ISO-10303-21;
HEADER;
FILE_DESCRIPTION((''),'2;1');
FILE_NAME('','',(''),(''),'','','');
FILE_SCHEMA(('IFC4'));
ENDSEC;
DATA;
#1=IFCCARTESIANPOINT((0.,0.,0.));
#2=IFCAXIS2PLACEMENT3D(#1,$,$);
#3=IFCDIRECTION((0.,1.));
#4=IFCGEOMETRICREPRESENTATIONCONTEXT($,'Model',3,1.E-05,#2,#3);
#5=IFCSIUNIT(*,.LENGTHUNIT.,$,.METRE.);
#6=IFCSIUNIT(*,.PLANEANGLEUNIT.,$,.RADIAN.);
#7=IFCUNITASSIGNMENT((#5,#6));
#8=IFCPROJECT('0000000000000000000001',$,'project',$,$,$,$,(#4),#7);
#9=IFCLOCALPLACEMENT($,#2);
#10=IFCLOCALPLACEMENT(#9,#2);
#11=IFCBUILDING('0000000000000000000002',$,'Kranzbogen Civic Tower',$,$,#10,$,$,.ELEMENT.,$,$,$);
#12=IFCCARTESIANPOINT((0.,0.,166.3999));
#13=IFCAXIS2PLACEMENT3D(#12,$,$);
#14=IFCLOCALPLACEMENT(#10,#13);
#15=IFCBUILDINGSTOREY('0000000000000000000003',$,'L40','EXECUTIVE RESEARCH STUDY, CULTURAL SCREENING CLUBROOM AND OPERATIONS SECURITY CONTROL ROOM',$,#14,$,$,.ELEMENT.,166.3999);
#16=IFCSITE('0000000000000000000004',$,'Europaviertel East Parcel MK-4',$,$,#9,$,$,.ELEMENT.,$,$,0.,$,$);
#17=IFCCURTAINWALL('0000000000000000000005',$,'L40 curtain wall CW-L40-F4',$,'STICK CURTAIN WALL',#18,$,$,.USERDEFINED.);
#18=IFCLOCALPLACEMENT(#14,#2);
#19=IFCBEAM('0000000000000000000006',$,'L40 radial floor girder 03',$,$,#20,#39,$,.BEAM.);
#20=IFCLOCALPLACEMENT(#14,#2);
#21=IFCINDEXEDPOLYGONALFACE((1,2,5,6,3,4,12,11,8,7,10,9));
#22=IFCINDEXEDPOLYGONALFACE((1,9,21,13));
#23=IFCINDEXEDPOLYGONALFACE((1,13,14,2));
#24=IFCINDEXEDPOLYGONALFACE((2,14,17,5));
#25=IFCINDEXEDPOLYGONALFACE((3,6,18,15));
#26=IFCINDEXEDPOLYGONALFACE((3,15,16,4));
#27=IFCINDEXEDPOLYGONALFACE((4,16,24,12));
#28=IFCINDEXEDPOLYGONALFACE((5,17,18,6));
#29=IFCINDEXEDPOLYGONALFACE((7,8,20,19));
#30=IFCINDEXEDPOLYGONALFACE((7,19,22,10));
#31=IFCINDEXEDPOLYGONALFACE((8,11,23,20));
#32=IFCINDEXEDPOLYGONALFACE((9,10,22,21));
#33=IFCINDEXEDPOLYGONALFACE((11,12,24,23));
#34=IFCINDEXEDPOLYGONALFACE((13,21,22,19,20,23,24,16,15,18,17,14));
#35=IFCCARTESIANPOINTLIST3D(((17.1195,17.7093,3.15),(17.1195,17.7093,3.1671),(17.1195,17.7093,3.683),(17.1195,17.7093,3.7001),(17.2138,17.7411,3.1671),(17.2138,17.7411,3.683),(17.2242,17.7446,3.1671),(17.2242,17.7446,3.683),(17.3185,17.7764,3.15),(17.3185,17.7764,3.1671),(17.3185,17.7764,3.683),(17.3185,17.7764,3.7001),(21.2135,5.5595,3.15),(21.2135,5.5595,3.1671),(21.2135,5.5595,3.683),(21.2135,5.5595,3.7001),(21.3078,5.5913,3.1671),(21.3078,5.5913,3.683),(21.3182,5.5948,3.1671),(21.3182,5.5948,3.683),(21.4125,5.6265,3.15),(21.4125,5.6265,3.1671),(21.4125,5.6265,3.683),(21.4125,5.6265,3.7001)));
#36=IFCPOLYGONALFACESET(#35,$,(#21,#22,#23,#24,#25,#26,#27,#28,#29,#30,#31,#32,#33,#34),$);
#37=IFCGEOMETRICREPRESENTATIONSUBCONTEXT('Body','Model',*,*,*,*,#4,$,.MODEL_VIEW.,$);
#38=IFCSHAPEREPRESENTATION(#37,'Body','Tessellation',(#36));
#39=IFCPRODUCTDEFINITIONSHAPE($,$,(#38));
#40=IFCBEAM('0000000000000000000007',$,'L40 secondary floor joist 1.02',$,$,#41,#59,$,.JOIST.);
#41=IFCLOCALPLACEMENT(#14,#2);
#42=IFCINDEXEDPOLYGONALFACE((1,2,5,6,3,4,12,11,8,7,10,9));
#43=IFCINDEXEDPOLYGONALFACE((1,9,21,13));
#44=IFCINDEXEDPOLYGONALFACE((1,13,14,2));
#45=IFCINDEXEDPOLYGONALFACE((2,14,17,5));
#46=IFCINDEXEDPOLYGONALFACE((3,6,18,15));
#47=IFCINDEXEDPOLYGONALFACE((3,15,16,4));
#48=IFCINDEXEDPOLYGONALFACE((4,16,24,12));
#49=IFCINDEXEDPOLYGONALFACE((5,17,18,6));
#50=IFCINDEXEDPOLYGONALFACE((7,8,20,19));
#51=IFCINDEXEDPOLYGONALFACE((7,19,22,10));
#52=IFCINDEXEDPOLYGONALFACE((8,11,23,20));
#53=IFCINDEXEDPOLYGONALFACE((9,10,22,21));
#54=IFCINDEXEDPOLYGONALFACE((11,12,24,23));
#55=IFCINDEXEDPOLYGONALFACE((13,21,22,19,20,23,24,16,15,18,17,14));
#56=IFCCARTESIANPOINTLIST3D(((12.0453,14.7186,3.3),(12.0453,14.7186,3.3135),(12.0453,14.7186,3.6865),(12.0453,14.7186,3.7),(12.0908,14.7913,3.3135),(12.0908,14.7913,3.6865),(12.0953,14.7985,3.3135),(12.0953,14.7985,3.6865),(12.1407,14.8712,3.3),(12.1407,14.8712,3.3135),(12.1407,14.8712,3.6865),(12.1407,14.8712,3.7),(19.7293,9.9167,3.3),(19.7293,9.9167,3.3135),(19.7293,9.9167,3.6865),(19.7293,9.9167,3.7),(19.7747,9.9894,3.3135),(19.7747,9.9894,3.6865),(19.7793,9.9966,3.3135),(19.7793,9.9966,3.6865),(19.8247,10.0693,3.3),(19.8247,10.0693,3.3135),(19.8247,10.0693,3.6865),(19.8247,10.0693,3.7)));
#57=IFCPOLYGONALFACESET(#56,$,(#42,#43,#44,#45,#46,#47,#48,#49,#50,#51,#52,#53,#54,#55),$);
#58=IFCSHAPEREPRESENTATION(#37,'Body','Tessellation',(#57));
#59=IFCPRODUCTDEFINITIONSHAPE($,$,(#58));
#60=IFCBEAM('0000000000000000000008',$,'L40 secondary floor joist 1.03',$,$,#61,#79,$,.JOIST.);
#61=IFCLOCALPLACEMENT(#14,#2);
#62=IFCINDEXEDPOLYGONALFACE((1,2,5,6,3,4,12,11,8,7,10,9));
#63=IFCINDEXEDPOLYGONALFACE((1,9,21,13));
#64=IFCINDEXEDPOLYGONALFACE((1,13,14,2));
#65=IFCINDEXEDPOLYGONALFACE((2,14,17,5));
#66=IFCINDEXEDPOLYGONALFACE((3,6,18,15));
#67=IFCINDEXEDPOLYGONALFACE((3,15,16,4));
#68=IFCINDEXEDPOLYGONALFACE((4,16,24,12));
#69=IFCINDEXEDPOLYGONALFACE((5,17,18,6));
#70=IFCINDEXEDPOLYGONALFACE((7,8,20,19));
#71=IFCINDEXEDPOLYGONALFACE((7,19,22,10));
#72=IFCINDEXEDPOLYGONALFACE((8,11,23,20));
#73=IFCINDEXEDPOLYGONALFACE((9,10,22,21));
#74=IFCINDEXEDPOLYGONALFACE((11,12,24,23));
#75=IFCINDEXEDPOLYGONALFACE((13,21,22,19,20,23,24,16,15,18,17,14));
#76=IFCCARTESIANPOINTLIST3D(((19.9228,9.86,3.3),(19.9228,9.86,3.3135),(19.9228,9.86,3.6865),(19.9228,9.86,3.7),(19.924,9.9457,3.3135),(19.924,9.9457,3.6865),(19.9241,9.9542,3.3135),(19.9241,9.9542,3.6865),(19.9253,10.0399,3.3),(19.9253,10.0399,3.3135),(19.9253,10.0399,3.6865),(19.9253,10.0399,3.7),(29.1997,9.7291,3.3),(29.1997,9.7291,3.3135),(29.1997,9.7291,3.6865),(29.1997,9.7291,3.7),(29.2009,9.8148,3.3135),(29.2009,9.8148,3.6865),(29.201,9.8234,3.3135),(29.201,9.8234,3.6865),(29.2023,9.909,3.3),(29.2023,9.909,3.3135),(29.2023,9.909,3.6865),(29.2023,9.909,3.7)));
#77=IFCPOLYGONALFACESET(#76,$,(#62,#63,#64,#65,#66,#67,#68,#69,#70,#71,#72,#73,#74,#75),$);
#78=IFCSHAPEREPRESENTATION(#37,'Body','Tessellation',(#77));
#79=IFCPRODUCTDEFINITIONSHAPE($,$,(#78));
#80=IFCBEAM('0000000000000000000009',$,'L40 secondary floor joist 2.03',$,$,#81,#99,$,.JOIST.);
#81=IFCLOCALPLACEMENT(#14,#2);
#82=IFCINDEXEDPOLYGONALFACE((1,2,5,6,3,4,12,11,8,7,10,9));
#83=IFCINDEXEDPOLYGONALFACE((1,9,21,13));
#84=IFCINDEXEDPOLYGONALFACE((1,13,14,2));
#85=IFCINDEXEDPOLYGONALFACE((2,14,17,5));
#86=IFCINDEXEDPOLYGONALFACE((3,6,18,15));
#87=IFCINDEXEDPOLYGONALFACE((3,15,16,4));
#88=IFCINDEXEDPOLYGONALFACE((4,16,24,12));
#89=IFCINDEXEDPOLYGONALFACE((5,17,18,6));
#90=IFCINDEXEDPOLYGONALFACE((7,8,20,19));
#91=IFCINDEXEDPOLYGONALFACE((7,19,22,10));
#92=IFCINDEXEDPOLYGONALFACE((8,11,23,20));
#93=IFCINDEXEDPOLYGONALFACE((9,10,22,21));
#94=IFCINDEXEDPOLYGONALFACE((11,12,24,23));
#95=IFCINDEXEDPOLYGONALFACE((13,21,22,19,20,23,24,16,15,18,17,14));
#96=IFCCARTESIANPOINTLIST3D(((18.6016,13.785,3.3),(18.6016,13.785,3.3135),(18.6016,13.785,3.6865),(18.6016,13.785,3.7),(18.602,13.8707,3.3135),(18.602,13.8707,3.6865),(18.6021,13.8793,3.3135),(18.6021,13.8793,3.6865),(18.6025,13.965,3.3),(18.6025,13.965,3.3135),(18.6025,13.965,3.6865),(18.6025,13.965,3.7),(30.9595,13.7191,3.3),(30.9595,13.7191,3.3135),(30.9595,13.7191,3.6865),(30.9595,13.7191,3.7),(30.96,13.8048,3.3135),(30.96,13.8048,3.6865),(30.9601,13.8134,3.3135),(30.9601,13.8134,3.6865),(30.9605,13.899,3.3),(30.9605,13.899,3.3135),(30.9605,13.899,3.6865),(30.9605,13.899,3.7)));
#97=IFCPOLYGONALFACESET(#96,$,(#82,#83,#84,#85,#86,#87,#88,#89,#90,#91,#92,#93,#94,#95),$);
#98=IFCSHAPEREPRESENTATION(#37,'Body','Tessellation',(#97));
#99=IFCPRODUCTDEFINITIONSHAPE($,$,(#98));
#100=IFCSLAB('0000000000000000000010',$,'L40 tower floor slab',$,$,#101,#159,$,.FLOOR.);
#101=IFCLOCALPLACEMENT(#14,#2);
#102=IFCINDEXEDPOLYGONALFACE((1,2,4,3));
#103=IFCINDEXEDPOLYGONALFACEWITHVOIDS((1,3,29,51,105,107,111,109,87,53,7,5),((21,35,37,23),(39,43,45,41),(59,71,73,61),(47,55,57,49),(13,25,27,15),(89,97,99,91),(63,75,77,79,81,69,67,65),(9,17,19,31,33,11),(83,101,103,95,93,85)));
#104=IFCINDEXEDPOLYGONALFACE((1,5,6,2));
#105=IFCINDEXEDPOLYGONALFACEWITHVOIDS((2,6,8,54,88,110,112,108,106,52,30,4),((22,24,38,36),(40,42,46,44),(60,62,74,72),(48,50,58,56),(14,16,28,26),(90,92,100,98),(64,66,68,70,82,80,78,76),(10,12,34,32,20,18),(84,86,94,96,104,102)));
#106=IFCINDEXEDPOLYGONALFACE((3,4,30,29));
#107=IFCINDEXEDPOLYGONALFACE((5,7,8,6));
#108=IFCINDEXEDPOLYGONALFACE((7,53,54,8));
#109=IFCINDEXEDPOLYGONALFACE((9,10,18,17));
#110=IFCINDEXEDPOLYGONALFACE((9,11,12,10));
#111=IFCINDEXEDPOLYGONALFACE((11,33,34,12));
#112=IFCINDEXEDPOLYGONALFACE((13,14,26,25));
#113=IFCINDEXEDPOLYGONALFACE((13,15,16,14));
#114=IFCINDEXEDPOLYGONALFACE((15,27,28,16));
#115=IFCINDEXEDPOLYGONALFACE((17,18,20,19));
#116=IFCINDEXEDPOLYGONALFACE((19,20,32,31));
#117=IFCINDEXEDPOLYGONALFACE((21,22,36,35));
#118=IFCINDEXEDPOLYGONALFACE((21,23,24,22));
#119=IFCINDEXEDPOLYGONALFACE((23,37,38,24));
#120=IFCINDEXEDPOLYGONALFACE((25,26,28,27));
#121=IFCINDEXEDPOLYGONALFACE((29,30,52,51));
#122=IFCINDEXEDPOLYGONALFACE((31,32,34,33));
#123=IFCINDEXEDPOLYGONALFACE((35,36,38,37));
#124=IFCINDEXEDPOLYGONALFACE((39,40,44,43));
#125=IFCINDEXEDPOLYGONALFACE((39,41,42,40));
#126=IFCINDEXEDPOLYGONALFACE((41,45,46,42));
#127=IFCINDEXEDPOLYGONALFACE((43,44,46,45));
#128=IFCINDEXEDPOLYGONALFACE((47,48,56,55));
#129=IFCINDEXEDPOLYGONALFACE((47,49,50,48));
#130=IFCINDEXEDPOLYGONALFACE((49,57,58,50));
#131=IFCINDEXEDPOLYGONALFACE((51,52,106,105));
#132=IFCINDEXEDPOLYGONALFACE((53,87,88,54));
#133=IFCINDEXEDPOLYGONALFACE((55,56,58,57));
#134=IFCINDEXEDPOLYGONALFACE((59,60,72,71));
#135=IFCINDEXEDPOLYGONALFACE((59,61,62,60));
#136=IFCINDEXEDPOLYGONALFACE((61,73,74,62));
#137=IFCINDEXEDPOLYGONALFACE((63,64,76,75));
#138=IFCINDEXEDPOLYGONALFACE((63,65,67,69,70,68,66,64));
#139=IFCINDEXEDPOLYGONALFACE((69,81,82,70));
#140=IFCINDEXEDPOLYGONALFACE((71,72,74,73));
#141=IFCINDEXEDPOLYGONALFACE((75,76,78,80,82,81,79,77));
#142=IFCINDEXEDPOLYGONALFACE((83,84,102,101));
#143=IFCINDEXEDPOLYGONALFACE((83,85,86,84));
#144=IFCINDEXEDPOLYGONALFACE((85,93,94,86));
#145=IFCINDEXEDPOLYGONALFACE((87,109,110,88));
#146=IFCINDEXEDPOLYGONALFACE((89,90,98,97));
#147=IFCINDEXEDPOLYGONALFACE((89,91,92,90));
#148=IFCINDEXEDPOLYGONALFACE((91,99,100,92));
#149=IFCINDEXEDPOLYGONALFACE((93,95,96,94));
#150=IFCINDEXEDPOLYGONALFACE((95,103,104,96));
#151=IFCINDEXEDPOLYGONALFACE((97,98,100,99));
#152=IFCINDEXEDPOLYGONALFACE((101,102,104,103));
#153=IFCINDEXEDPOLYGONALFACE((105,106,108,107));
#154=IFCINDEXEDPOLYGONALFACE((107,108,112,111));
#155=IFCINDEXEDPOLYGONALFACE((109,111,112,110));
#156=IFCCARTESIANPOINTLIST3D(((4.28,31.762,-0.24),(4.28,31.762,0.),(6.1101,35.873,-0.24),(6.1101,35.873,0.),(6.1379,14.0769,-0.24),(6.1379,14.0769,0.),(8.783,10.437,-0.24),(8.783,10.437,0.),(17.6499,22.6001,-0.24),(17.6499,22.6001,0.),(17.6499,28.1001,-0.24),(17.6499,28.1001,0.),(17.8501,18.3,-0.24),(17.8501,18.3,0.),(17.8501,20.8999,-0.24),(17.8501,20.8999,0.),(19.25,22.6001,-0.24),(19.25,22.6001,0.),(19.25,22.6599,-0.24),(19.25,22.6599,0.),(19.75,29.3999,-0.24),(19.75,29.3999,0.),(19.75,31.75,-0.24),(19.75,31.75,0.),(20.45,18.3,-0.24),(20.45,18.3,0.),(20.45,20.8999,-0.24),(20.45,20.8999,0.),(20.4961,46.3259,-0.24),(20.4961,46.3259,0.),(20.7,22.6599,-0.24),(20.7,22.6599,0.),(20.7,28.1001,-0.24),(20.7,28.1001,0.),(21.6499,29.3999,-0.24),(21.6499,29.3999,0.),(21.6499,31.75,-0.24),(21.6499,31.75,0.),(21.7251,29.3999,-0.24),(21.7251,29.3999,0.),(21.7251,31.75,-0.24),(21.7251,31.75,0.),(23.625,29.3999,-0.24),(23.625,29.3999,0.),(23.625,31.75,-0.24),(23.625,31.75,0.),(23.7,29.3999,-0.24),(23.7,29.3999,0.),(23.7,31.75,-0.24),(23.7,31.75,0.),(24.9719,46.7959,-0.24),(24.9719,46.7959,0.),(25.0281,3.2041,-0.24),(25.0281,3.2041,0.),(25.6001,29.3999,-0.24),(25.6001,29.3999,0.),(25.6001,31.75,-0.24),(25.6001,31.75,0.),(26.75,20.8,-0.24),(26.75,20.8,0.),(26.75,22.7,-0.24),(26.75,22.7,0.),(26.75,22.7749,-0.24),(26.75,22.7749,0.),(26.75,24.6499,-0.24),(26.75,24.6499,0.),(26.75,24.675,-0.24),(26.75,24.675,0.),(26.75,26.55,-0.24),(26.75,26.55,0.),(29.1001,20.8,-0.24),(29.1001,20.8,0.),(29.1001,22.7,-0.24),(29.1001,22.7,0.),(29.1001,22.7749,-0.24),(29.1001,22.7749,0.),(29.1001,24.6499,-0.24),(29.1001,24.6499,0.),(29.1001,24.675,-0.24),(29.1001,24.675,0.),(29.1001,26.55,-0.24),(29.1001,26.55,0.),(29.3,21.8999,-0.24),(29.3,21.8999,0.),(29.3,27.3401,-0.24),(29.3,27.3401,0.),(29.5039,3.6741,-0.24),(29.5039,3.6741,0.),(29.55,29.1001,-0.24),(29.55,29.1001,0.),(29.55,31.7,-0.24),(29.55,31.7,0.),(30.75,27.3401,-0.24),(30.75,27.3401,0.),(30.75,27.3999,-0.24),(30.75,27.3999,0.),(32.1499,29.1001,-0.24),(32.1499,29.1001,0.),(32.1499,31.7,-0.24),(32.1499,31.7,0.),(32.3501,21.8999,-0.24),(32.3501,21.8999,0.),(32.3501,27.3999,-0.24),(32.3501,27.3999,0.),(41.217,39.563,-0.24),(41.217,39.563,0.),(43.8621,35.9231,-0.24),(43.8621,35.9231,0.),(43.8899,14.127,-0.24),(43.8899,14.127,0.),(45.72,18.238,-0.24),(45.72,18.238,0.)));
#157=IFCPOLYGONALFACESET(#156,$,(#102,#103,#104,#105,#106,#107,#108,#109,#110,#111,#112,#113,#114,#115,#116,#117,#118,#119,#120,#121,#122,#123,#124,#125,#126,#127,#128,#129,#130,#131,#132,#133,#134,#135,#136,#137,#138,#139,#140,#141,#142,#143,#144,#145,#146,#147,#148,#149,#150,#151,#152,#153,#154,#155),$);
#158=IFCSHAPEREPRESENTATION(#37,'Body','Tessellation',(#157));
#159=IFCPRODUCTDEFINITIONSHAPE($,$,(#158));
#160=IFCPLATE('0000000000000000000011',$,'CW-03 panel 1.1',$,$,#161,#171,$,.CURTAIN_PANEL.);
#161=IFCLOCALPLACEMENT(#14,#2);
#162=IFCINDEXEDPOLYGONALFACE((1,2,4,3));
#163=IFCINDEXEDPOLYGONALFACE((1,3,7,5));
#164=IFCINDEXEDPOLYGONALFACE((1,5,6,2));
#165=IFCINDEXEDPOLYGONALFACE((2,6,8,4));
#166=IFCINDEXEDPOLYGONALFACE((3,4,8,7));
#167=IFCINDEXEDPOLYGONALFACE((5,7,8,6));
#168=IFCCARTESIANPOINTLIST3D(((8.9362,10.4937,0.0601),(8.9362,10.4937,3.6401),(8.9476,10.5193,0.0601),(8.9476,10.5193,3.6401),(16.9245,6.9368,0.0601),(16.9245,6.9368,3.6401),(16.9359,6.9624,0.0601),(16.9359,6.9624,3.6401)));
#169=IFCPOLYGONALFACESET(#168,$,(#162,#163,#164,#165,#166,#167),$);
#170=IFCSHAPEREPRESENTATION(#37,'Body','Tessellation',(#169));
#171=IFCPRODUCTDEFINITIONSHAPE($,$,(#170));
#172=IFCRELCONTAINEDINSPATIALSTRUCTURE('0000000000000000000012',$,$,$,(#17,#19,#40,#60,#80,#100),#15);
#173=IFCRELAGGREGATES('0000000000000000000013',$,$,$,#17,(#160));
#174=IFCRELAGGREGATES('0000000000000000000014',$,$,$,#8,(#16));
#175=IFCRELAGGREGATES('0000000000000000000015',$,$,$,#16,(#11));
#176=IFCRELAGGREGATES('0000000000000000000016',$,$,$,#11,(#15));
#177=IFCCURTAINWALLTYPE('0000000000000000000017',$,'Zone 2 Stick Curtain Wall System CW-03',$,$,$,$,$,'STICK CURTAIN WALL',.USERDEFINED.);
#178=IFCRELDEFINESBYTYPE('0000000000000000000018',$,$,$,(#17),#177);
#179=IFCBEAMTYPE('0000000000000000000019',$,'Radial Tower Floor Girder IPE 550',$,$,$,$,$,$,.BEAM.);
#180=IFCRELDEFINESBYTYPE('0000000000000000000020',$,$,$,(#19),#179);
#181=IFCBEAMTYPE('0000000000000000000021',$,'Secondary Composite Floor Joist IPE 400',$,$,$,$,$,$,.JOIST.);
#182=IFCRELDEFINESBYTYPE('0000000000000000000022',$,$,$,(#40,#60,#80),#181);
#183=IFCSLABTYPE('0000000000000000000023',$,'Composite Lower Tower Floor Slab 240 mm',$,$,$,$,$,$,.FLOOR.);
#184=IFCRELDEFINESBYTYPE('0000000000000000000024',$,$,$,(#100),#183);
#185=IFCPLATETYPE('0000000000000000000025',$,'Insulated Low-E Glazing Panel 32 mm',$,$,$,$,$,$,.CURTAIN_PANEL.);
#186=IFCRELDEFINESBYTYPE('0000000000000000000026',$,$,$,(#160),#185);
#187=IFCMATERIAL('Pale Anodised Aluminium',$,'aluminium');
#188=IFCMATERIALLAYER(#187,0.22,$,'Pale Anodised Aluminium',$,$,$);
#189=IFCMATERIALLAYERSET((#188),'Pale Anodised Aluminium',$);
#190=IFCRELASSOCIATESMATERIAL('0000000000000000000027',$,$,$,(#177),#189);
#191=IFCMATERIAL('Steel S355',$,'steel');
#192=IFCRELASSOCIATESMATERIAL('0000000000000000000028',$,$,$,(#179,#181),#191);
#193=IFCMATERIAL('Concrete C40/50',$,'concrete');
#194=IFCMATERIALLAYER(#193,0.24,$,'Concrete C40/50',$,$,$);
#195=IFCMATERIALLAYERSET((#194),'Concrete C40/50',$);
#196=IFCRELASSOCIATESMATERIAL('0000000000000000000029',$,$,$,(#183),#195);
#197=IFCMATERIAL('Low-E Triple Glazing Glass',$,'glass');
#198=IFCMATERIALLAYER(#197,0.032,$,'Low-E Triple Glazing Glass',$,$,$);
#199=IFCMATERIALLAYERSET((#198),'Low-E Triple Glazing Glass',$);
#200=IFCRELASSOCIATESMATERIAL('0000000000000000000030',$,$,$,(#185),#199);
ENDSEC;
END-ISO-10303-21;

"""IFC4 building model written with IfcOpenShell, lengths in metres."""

from ifc_helpers import new_model, si_unit, direction, frame, origin, origin_2d, place, context, subcontext, project, spatial, polyline, rectangle, i_section, outline, extrude, material, layer, layer_set, material_profile, profile_set, type_object, element, aggregate, save


model = new_model("IFC4")

# Units and contexts
model_context = context("Model", 3, precision=1e-05, world=origin(), true_north=direction((0.0, 1.0)))
body_context = subcontext(model_context, "Body", "Model", "MODEL_VIEW")
ifc_project = project(units=[si_unit("LENGTHUNIT", "METRE"), si_unit("PLANEANGLEUNIT", "RADIAN")], contexts=[model_context])

# Site, building, storey
site_placement = place(None, origin())
site = spatial("IfcSite", under=ifc_project, at=site_placement, Name="Europaviertel East Parcel MK-4", CompositionType="ELEMENT", RefElevation=0.0)
building_placement = place(site_placement, origin())
building = spatial("IfcBuilding", under=site, at=building_placement, Name="Kranzbogen Civic Tower", CompositionType="ELEMENT")
storey_placement = place(building_placement, frame((0.0, 0.0, 166.3999)))
storey = spatial("IfcBuildingStorey", under=building, at=storey_placement, Name="L40", Description="EXECUTIVE RESEARCH STUDY, CULTURAL SCREENING CLUBROOM AND OPERATIONS SECURITY CONTROL ROOM", CompositionType="ELEMENT", Elevation=166.3999)

# Shared definitions
ifc_material_1 = material(Name="Steel S355", Category="steel")

# Shared definitions
ifc_material_2 = material(Name="Pale Anodised Aluminium", Category="aluminium")
ifc_layer_1 = layer(ifc_material_2, 0.22, Name="Pale Anodised Aluminium")
ifc_layer_set_1 = layer_set([ifc_layer_1], Name="Pale Anodised Aluminium")
curtain_wall_type = type_object("IfcCurtainWallType", Name="Zone 2 Stick Curtain Wall System CW-03", ElementType="STICK CURTAIN WALL", PredefinedType="USERDEFINED", material=ifc_layer_set_1)

# Curtain wall
curtain_wall_1_placement = place(storey_placement, origin())
curtain_wall_1 = element("IfcCurtainWall", 1, at=curtain_wall_1_placement, inside=storey, type_object=curtain_wall_type, Name="L40 curtain wall CW-L40-F4", ObjectType="STICK CURTAIN WALL", PredefinedType="USERDEFINED")

# Beams
ifc_material_profile_1 = material_profile(ifc_material_1, i_section(OverallWidth=0.21, OverallDepth=0.55, WebThickness=0.011, FlangeThickness=0.0171, at=origin_2d()), Name="IPE 550")
ifc_profile_set_1 = profile_set([ifc_material_profile_1], Name="Steel S355")
beam_type_1 = type_object("IfcBeamType", Name="Radial Tower Floor Girder IPE 550", PredefinedType="BEAM", material=ifc_profile_set_1)
beam_1_placement = place(storey_placement, frame((21.313, 5.593, 3.425), z_axis=(-0.319317, 0.947648, 0.0), x_axis=(-0.947648, -0.319317, 0.0)))
element("IfcBeam", 2, at=beam_1_placement, inside=storey, type_object=beam_type_1, Name="L40 radial floor girder 03", PredefinedType="BEAM", context=body_context, shape_type="SweptSolid", body=[
    extrude(i_section(OverallWidth=0.21, OverallDepth=0.55, WebThickness=0.011, FlangeThickness=0.0171, at=origin_2d()), origin(), (0.0, 0.0, 1.0), 12.821),
])
ifc_material_profile_2 = material_profile(ifc_material_1, i_section(OverallWidth=0.1799, OverallDepth=0.3999, WebThickness=0.0085, FlangeThickness=0.0134, at=origin_2d()), Name="IPE 400")
ifc_profile_set_2 = profile_set([ifc_material_profile_2], Name="Steel S355")
beam_type_2 = type_object("IfcBeamType", Name="Secondary Composite Floor Joist IPE 400", PredefinedType="JOIST", material=ifc_profile_set_2)
beam_2_placement = place(storey_placement, frame((12.093, 14.7949, 3.5), z_axis=(0.848026, -0.529955, 0.0), x_axis=(0.529955, 0.848026, 0.0)))
element("IfcBeam", 3, at=beam_2_placement, inside=storey, type_object=beam_type_2, Name="L40 secondary floor joist 1.02", PredefinedType="JOIST", context=body_context, shape_type="SweptSolid", body=[
    extrude(i_section(OverallWidth=0.1799, OverallDepth=0.3999, WebThickness=0.0085, FlangeThickness=0.0134, at=origin_2d()), origin(), (0.0, 0.0, 1.0), 9.061),
])
beam_3_placement = place(storey_placement, frame((19.9241, 9.95, 3.5), z_axis=(0.999901, -0.014105, 0.0), x_axis=(0.014105, 0.999901, 0.0)))
element("IfcBeam", 4, at=beam_3_placement, inside=storey, type_object=beam_type_2, Name="L40 secondary floor joist 1.03", PredefinedType="JOIST", context=body_context, shape_type="SweptSolid", body=[
    extrude(i_section(OverallWidth=0.1799, OverallDepth=0.3999, WebThickness=0.0085, FlangeThickness=0.0134, at=origin_2d()), origin(), (0.0, 0.0, 1.0), 9.2778),
])
beam_4_placement = place(storey_placement, frame((18.6021, 13.875, 3.5), z_axis=(0.999986, -0.005334, 0.0), x_axis=(0.005334, 0.999986, 0.0)))
element("IfcBeam", 5, at=beam_4_placement, inside=storey, type_object=beam_type_2, Name="L40 secondary floor joist 2.03", PredefinedType="JOIST", context=body_context, shape_type="SweptSolid", body=[
    extrude(i_section(OverallWidth=0.1799, OverallDepth=0.3999, WebThickness=0.0085, FlangeThickness=0.0134, at=origin_2d()), origin(), (0.0, 0.0, 1.0), 12.3582),
])

# Slab
ifc_material_3 = material(Name="Concrete C40/50", Category="concrete")
ifc_layer_2 = layer(ifc_material_3, 0.24, Name="Concrete C40/50")
ifc_layer_set_2 = layer_set([ifc_layer_2], Name="Concrete C40/50")
slab_type_1 = type_object("IfcSlabType", Name="Composite Lower Tower Floor Slab 240 mm", PredefinedType="FLOOR", material=ifc_layer_set_2)
slab_1_placement = place(storey_placement, frame((0.0, 0.0, -0.24)))
element("IfcSlab", 6, at=slab_1_placement, inside=storey, type_object=slab_type_1, Name="L40 tower floor slab", PredefinedType="FLOOR", context=body_context, shape_type="SweptSolid", body=[
    extrude(outline(polyline([(41.217, 39.563), (24.9719, 46.7959), (20.4961, 46.3259), (6.1101, 35.873), (4.28, 31.762), (6.1379, 14.0769), (8.783, 10.437), (25.0281, 3.2041), (29.5039, 3.6741), (43.8899, 14.127), (45.72, 18.238), (43.8621, 35.9231), (41.217, 39.563)]), holes=[polyline([(20.45, 20.8999), (20.45, 18.3), (17.8501, 18.3), (17.8501, 20.8999), (20.45, 20.8999)]), polyline([(29.1001, 22.7), (29.1001, 20.8), (26.75, 20.8), (26.75, 22.7), (29.1001, 22.7)]), polyline([(29.1001, 24.6499), (29.1001, 22.7749), (26.75, 22.7749), (26.75, 24.6499), (26.75, 24.675), (26.75, 26.55), (29.1001, 26.55), (29.1001, 24.675), (29.1001, 24.6499)]), polyline([(30.75, 27.3401), (30.75, 27.3999), (32.3501, 27.3999), (32.3501, 21.8999), (29.3, 21.8999), (29.3, 27.3401), (30.75, 27.3401)]), polyline([(19.25, 22.6599), (19.25, 22.6001), (17.6499, 22.6001), (17.6499, 28.1001), (20.7, 28.1001), (20.7, 22.6599), (19.25, 22.6599)]), polyline([(32.1499, 31.7), (32.1499, 29.1001), (29.55, 29.1001), (29.55, 31.7), (32.1499, 31.7)]), polyline([(21.6499, 31.75), (21.6499, 29.3999), (19.75, 29.3999), (19.75, 31.75), (21.6499, 31.75)]), polyline([(23.625, 29.3999), (21.7251, 29.3999), (21.7251, 31.75), (23.625, 31.75), (23.625, 29.3999)]), polyline([(25.6001, 29.3999), (23.7, 29.3999), (23.7, 31.75), (25.6001, 31.75), (25.6001, 29.3999)])]), origin(), (0.0, 0.0, 1.0), 0.24),
])

# Plate
ifc_material_4 = material(Name="Low-E Triple Glazing Glass", Category="glass")
ifc_layer_3 = layer(ifc_material_4, 0.032, Name="Low-E Triple Glazing Glass")
ifc_layer_set_3 = layer_set([ifc_layer_3], Name="Low-E Triple Glazing Glass")
plate_type = type_object("IfcPlateType", Name="Insulated Low-E Glazing Panel 32 mm", PredefinedType="CURTAIN_PANEL", material=ifc_layer_set_3)
plate_1_placement = place(storey_placement, frame((12.936, 8.728, 0.0601), z_axis=(0.0, 0.0, 1.0), x_axis=(0.913534, -0.406763, 0.0)))
plate_1 = element("IfcPlate", 7, at=plate_1_placement, type_object=plate_type, Name="CW-03 panel 1.1", PredefinedType="CURTAIN_PANEL", context=body_context, shape_type="SweptSolid", body=[
    extrude(rectangle(XDim=8.7444, YDim=0.0281, at=origin_2d()), origin(), (0.0, 0.0, 1.0), 3.5801),
])
aggregate(curtain_wall_1, [plate_1])

save(model, "model.ifc")
